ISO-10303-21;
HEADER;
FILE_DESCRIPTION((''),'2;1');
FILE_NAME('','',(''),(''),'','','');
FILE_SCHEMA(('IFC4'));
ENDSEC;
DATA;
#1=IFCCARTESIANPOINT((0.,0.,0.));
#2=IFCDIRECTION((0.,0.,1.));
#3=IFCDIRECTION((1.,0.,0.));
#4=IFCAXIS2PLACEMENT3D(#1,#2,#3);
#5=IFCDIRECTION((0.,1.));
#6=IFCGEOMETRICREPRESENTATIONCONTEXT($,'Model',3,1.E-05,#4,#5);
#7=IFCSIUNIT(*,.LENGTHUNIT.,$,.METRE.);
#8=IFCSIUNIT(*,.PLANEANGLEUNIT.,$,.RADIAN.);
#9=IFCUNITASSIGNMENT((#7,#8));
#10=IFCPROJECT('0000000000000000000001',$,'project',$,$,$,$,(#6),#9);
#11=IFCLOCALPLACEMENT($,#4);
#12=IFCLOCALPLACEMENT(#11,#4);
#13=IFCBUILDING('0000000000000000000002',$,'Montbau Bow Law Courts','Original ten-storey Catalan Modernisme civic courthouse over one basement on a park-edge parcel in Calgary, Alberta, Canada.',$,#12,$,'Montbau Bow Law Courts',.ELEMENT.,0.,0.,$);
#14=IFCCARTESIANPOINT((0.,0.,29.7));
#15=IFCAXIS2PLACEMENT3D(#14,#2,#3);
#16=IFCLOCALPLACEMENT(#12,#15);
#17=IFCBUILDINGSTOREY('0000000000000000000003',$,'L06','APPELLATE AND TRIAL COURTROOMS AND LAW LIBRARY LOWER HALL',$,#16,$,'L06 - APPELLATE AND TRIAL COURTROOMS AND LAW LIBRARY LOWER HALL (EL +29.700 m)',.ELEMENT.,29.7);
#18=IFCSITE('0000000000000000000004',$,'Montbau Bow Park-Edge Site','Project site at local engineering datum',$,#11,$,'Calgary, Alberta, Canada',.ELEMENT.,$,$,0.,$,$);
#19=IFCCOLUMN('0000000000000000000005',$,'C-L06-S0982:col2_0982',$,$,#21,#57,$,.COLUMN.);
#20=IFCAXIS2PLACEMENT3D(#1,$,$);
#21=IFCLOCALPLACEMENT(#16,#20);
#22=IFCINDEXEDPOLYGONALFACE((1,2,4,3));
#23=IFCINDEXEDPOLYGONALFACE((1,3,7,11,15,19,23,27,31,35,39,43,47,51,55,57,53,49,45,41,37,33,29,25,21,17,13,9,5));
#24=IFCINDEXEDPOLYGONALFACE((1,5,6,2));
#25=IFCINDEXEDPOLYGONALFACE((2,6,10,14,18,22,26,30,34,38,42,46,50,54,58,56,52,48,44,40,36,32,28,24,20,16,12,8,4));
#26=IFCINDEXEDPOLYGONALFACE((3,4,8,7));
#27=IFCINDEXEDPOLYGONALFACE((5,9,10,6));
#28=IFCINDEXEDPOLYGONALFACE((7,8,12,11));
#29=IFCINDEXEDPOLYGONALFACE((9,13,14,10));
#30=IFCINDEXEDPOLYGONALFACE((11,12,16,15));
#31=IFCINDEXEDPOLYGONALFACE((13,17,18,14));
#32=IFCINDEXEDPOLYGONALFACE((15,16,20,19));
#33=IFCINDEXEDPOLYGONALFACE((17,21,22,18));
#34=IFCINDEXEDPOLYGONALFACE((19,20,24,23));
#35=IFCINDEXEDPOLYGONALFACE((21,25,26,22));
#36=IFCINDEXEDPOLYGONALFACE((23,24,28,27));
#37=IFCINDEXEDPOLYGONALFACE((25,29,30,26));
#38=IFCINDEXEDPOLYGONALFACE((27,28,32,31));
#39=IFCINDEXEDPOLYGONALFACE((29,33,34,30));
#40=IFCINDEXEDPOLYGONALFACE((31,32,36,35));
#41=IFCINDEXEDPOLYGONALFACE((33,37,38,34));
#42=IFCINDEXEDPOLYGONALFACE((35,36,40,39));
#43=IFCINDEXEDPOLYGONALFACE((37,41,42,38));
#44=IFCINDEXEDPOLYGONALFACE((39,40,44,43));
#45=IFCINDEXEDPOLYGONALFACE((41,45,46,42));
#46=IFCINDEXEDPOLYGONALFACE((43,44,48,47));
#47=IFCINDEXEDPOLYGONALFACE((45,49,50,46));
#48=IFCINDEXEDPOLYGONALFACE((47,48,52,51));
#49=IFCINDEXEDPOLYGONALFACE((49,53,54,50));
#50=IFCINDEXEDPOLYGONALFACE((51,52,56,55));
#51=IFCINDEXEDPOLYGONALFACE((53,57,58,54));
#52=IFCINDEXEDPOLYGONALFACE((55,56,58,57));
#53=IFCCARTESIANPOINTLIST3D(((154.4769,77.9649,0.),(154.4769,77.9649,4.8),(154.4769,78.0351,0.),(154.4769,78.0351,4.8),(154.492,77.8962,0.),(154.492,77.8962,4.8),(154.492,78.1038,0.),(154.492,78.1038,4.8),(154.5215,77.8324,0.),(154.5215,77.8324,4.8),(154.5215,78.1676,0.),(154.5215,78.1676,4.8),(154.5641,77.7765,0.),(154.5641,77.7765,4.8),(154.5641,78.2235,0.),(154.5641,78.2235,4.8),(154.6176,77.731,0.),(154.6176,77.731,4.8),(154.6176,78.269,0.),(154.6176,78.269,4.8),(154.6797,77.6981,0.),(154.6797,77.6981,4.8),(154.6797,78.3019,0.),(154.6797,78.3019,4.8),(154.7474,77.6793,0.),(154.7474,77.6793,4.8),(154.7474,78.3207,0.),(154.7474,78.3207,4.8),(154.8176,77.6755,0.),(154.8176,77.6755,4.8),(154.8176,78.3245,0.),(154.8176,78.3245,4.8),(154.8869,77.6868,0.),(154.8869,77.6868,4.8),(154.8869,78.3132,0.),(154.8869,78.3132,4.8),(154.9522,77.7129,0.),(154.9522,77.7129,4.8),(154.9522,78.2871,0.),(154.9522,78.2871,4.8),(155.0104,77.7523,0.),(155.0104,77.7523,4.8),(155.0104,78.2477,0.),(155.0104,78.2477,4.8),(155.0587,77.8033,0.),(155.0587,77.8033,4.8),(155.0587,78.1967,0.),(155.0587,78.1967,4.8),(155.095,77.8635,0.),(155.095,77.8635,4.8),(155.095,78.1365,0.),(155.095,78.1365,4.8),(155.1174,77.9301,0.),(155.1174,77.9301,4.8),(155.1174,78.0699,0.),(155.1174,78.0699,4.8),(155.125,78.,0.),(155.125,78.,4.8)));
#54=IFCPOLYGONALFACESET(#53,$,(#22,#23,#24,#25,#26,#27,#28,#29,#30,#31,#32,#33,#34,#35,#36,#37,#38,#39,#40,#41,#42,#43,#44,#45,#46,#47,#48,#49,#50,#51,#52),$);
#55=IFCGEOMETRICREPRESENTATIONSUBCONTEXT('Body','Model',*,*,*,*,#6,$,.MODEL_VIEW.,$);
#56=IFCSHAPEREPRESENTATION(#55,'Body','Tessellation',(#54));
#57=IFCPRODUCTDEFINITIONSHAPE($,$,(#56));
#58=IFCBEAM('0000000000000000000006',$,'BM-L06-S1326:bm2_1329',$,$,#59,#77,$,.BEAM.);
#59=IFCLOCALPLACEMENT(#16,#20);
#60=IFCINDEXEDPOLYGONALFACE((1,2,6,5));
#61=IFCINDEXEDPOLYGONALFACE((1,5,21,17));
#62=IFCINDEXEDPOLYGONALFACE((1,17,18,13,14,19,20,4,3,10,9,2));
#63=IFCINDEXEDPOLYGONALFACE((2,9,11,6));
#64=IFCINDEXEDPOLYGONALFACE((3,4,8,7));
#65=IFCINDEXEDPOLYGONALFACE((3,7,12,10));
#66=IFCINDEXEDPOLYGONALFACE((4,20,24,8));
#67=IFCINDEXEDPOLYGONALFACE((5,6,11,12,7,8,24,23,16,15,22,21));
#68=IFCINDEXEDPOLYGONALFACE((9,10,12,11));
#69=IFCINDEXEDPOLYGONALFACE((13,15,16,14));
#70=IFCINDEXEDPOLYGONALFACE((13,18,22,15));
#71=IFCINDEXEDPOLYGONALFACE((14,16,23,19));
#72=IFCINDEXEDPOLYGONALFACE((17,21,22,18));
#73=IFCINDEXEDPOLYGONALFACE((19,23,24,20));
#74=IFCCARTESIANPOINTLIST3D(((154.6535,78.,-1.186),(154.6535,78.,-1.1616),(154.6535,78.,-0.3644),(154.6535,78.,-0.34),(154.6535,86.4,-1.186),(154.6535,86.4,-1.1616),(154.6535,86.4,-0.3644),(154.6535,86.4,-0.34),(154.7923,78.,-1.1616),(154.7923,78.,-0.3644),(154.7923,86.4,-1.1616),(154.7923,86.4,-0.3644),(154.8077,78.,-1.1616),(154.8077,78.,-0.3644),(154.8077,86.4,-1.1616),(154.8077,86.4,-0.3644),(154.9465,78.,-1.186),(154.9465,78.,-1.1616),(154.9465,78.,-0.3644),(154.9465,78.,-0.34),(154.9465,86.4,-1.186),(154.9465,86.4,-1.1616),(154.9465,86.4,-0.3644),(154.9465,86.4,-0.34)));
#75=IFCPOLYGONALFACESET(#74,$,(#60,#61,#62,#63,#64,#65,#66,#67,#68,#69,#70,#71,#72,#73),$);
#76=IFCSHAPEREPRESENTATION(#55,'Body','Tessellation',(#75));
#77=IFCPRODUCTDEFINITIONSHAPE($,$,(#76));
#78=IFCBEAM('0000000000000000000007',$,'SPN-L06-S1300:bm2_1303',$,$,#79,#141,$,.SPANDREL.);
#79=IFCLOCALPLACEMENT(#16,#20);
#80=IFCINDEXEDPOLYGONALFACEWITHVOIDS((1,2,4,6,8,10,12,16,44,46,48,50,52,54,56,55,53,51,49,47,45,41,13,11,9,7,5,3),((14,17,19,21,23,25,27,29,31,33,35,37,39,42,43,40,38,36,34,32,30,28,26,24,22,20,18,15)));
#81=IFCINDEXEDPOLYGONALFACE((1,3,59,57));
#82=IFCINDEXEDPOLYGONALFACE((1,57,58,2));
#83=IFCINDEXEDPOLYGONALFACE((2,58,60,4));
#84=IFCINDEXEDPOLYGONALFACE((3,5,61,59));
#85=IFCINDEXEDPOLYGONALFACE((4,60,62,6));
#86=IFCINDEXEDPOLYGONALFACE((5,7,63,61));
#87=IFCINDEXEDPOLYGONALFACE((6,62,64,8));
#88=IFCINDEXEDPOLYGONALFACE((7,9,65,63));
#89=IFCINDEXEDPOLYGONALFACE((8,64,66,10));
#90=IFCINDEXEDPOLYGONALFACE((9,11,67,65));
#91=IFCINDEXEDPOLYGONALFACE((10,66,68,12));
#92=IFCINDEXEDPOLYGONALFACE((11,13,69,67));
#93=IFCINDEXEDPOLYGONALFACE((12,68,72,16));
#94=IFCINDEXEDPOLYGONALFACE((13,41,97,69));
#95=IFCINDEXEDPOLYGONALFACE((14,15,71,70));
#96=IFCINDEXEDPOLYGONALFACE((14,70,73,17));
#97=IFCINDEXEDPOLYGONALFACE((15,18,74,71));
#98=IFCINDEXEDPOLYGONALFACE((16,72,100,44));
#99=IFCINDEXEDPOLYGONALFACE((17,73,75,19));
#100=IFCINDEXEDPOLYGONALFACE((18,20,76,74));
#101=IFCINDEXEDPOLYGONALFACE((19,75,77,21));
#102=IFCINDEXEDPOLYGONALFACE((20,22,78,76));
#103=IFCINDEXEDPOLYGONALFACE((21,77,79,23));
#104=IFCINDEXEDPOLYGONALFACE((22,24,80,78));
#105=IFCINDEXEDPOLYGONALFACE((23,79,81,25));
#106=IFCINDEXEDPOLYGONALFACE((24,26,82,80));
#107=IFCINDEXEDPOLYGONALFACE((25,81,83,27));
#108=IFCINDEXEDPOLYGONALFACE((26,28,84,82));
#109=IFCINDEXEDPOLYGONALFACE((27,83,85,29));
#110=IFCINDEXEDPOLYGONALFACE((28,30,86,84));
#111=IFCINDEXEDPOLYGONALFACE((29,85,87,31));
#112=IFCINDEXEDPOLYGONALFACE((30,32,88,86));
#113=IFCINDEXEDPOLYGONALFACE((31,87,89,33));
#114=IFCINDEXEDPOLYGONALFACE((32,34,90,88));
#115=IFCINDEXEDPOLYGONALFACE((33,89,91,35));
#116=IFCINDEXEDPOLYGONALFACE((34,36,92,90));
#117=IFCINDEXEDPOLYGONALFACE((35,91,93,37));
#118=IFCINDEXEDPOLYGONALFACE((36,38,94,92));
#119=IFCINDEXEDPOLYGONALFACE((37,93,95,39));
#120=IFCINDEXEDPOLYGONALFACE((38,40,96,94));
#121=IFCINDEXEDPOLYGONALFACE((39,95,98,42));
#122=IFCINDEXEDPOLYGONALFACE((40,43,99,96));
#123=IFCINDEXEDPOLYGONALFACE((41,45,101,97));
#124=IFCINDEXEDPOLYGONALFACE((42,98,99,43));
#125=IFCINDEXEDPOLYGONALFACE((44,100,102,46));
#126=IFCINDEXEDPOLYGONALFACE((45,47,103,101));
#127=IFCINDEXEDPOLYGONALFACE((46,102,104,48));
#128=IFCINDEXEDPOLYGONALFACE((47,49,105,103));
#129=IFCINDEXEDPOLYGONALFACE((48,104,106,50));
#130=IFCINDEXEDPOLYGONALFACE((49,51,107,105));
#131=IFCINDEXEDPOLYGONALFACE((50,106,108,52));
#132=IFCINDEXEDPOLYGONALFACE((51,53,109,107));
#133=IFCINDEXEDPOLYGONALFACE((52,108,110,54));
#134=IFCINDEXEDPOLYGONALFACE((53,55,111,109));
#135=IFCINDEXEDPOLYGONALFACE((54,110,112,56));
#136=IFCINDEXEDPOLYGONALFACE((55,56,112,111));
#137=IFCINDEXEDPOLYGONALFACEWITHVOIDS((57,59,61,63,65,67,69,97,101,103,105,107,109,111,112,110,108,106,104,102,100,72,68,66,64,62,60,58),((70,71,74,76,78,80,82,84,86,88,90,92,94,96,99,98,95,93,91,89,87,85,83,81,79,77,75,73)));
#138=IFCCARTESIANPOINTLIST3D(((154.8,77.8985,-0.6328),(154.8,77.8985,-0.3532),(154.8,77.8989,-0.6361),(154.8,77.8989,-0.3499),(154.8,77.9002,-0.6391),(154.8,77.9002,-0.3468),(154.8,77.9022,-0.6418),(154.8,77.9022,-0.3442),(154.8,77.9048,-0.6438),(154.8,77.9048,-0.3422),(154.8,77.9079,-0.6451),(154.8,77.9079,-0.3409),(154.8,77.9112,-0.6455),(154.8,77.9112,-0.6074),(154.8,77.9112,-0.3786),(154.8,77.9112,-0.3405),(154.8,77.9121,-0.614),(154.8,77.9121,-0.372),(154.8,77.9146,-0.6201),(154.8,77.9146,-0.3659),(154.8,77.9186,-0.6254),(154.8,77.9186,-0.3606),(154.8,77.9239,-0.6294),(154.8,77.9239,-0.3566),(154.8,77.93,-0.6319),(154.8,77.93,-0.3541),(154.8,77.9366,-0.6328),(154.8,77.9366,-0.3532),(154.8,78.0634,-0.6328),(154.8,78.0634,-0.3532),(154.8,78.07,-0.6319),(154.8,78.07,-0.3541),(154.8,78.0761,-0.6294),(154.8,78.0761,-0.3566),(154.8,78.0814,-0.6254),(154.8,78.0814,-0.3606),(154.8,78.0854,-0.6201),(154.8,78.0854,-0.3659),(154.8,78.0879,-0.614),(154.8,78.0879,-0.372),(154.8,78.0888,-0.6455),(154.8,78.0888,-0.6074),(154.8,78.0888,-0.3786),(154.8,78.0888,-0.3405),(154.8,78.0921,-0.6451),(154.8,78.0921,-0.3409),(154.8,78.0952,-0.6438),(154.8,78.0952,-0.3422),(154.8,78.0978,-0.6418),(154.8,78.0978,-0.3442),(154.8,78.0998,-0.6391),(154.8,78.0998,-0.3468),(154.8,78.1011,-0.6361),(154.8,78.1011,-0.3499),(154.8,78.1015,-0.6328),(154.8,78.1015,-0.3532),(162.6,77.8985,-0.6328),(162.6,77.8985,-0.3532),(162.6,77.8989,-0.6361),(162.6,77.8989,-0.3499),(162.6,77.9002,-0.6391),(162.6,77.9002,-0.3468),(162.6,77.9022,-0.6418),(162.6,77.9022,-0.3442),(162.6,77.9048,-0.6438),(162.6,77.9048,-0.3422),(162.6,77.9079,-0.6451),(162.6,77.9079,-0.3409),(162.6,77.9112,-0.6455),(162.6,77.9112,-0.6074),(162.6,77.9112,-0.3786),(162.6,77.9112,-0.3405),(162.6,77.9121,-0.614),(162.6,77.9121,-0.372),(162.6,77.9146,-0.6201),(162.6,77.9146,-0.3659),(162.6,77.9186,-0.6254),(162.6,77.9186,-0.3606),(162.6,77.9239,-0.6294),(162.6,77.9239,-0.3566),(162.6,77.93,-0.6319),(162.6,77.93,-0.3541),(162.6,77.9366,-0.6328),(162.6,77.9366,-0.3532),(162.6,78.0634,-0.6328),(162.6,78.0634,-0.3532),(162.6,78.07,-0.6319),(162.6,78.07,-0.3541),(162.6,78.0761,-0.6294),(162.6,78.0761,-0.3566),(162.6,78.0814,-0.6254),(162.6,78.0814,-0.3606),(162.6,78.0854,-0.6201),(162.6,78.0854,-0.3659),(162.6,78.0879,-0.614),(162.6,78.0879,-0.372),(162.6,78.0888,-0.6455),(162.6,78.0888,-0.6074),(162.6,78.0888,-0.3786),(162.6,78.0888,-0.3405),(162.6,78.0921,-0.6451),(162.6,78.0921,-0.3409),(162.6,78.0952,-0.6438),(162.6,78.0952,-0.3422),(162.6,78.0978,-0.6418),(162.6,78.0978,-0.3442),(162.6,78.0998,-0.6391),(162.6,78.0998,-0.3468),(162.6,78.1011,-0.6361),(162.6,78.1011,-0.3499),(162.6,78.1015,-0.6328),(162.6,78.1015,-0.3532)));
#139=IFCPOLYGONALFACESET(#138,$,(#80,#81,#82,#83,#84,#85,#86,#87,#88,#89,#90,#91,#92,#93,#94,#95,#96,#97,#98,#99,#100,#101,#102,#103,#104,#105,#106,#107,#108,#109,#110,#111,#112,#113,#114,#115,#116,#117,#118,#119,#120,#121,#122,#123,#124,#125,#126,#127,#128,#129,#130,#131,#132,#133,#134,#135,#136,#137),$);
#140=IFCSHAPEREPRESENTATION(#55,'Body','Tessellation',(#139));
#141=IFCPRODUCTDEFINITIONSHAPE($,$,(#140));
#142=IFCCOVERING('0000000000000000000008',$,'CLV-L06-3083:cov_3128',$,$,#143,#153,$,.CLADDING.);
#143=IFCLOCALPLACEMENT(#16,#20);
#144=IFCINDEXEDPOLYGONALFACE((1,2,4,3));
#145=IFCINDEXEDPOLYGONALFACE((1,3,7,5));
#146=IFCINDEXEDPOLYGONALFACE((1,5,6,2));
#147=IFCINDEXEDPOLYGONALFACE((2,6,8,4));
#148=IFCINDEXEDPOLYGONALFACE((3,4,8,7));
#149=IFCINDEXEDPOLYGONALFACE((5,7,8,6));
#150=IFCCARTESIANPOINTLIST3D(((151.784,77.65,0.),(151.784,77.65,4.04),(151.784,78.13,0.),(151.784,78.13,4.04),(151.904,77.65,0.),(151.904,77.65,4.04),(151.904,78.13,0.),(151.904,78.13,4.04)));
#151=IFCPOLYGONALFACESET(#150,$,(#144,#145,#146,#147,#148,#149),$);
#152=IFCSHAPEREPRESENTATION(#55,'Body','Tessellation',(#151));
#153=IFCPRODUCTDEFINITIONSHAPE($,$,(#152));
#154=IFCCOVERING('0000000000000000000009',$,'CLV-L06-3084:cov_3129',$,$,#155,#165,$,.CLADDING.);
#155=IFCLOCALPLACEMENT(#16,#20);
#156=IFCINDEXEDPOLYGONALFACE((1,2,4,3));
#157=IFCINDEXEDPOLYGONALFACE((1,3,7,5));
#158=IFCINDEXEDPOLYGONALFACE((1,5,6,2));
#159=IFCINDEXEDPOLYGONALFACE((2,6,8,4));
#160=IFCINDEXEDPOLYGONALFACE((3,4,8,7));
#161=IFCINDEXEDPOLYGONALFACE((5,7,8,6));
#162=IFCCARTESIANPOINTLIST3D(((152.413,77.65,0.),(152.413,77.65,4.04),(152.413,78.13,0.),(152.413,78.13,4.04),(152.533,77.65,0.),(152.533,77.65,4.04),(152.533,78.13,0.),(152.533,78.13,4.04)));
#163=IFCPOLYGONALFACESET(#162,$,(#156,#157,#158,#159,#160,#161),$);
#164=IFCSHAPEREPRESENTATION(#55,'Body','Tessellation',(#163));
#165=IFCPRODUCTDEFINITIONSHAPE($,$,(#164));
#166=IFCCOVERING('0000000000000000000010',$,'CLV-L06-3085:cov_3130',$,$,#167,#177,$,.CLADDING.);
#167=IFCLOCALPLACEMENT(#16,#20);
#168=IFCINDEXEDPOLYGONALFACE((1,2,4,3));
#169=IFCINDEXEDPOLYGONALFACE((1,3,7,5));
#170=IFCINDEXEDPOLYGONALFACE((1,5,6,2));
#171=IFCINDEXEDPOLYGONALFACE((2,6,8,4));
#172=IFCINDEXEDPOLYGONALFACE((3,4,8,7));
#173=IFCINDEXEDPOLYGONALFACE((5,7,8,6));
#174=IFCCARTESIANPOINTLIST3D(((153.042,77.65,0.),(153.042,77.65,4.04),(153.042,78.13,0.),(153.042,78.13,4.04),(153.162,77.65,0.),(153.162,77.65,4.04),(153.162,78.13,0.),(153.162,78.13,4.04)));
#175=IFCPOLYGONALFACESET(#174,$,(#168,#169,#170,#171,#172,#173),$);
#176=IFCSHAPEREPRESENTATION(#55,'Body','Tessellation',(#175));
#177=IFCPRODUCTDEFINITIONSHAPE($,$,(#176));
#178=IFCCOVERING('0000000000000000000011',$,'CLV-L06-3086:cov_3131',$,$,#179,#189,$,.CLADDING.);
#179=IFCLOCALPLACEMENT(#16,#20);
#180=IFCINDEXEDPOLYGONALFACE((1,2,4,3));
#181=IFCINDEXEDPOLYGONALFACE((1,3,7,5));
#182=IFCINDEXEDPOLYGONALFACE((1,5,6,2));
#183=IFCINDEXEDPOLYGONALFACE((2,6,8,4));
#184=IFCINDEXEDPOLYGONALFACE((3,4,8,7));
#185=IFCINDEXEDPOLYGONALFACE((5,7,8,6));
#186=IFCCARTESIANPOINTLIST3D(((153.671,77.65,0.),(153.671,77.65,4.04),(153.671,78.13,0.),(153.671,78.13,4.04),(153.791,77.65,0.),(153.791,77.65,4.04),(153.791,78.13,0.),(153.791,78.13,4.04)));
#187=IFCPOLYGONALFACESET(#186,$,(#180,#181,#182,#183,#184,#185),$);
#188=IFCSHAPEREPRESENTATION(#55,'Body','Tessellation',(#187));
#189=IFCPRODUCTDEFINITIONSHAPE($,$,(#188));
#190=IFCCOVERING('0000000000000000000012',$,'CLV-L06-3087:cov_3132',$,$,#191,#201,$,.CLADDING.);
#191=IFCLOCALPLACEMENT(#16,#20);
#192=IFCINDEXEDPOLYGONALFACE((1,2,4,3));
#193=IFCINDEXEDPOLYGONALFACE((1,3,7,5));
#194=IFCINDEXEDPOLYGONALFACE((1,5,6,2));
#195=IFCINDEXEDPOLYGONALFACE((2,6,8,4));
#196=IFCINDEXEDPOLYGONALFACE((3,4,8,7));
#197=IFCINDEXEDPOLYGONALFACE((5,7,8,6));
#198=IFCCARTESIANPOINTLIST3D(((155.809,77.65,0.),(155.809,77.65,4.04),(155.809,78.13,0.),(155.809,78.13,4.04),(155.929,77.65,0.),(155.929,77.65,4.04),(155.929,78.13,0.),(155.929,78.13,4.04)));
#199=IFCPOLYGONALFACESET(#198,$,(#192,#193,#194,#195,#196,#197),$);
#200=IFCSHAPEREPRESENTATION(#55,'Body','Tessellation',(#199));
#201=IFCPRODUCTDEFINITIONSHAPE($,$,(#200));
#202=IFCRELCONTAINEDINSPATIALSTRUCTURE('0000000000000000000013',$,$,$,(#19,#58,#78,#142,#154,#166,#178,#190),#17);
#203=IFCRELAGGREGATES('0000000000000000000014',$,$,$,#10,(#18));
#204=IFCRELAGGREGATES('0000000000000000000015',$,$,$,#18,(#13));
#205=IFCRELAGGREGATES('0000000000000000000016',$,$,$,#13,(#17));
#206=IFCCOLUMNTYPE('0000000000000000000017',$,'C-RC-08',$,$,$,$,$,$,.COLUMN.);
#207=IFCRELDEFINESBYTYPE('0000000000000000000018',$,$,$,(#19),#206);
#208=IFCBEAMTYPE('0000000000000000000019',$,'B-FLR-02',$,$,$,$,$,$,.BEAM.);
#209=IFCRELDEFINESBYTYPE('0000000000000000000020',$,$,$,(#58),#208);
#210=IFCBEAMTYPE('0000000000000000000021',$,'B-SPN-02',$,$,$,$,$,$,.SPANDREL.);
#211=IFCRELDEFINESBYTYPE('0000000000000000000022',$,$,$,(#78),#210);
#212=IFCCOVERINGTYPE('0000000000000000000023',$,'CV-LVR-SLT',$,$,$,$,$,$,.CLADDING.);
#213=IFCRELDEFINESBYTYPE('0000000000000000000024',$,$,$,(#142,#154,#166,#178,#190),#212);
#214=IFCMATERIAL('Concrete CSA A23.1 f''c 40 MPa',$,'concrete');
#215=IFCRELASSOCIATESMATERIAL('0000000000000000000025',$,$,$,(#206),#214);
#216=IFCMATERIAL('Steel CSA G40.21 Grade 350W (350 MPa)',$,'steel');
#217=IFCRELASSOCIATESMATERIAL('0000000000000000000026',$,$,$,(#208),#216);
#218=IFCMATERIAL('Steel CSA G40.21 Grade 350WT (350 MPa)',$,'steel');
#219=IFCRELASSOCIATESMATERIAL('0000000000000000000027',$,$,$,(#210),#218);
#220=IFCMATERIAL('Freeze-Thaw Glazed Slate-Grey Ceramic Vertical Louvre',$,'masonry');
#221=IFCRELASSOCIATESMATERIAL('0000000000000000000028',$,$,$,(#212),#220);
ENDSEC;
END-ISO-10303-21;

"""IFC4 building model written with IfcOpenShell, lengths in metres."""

from ifc_helpers import new_model, si_unit, direction, frame, frame_2d, origin_with_axes, origin_2d_with_axis, place, context, subcontext, project, spatial, rectangle, hollow_rectangle, circle, i_section, extrude, material, material_profile, profile_set, type_object, element, save


model = new_model("IFC4")

# Units and contexts
model_context = context("Model", 3, precision=1e-05, world=origin_with_axes(), true_north=direction((0.0, 1.0)))
body_context = subcontext(model_context, "Body", "Model", "MODEL_VIEW")
ifc_project = project(units=[si_unit("LENGTHUNIT", "METRE"), si_unit("PLANEANGLEUNIT", "RADIAN")], contexts=[model_context])

# Site, building, storey
site_placement = place(None, origin_with_axes())
site = spatial("IfcSite", under=ifc_project, at=site_placement, Name="Montbau Bow Park-Edge Site", Description="Project site at local engineering datum", LongName="Calgary, Alberta, Canada", CompositionType="ELEMENT", RefElevation=0.0)
building_placement = place(site_placement, origin_with_axes())
building = spatial("IfcBuilding", under=site, at=building_placement, Name="Montbau Bow Law Courts", Description="Original ten-storey Catalan Modernisme civic courthouse over one basement on a park-edge parcel in Calgary, Alberta, Canada.", LongName="Montbau Bow Law Courts", CompositionType="ELEMENT", ElevationOfRefHeight=0.0, ElevationOfTerrain=0.0)
storey_placement = place(building_placement, frame((0.0, 0.0, 29.7), z_axis=(0.0, 0.0, 1.0), x_axis=(1.0, 0.0, 0.0)))
storey = spatial("IfcBuildingStorey", under=building, at=storey_placement, Name="L06", Description="APPELLATE AND TRIAL COURTROOMS AND LAW LIBRARY LOWER HALL", LongName="L06 - APPELLATE AND TRIAL COURTROOMS AND LAW LIBRARY LOWER HALL (EL +29.700 m)", CompositionType="ELEMENT", Elevation=29.7)

# Column
ifc_material_1 = material(Name="Concrete CSA A23.1 f'c 40 MPa", Category="concrete")
ifc_material_profile_1 = material_profile(ifc_material_1, circle(Radius=0.325, at=origin_2d_with_axis()), Name="RC650D", Category="Main", Priority=0)
ifc_profile_set_1 = profile_set([ifc_material_profile_1], Name="Concrete CSA A23.1 f'c 40 MPa")
column_type = type_object("IfcColumnType", Name="C-RC-08", PredefinedType="COLUMN", material=ifc_profile_set_1)
column_placement = place(None, frame((154.8, 78.0, 29.7), z_axis=(0.0, 0.0, 1.0), x_axis=(1.0, 0.0, 0.0)))
element("IfcColumn", 1, at=column_placement, inside=storey, type_object=column_type, Name="C-L06-S0982:col2_0982", PredefinedType="COLUMN", context=body_context, shape_type="SweptSolid", body=[
    extrude(circle(Radius=0.325, at=origin_2d_with_axis()), origin_with_axes(), (0.0, 0.0, 1.0), 4.8),
])

# Beams
ifc_material_2 = material(Name="Steel CSA G40.21 Grade 350W (350 MPa)", Category="steel")
ifc_material_profile_2 = material_profile(ifc_material_2, i_section(OverallWidth=0.293, OverallDepth=0.846, WebThickness=0.0154, FlangeThickness=0.0244, at=origin_2d_with_axis()), Name="W840X210", Category="Main", Priority=0)
ifc_profile_set_2 = profile_set([ifc_material_profile_2], Name="Steel CSA G40.21 Grade 350W (350 MPa)")
beam_type_1 = type_object("IfcBeamType", Name="B-FLR-02", PredefinedType="BEAM", material=ifc_profile_set_2)
beam_1_placement = place(None, frame((154.8, 78.0, 28.937), z_axis=(0.0, 1.0, 0.0), x_axis=(-1.0, 0.0, 0.0)))
element("IfcBeam", 2, at=beam_1_placement, inside=storey, type_object=beam_type_1, Name="BM-L06-S1326:bm2_1329", PredefinedType="BEAM", context=body_context, shape_type="SweptSolid", body=[
    extrude(i_section(OverallWidth=0.293, OverallDepth=0.846, WebThickness=0.0154, FlangeThickness=0.0244, at=origin_2d_with_axis()), origin_with_axes(), (0.0, 0.0, 1.0), 8.4),
])
ifc_material_3 = material(Name="Steel CSA G40.21 Grade 350WT (350 MPa)", Category="steel")
ifc_material_profile_3 = material_profile(ifc_material_3, hollow_rectangle(XDim=0.203, YDim=0.305, WallThickness=0.0127, InnerFilletRadius=0.0254, OuterFilletRadius=0.0127, at=origin_2d_with_axis()), Name="HSS305X203X13", Category="Main", Priority=0)
ifc_profile_set_3 = profile_set([ifc_material_profile_3], Name="Steel CSA G40.21 Grade 350WT (350 MPa)")
beam_type_2 = type_object("IfcBeamType", Name="B-SPN-02", PredefinedType="SPANDREL", material=ifc_profile_set_3)
beam_2_placement = place(None, frame((154.8, 78.0, 29.207), z_axis=(1.0, 0.0, 0.0), x_axis=(0.0, 1.0, 0.0)))
element("IfcBeam", 3, at=beam_2_placement, inside=storey, type_object=beam_type_2, Name="SPN-L06-S1300:bm2_1303", PredefinedType="SPANDREL", context=body_context, shape_type="SweptSolid", body=[
    extrude(hollow_rectangle(XDim=0.203, YDim=0.305, WallThickness=0.0127, InnerFilletRadius=0.0254, OuterFilletRadius=0.0127, at=origin_2d_with_axis()), origin_with_axes(), (0.0, 0.0, 1.0), 7.8),
])

# Coverings
ifc_material_4 = material(Name="Freeze-Thaw Glazed Slate-Grey Ceramic Vertical Louvre", Category="masonry")
covering_type = type_object("IfcCoveringType", Name="CV-LVR-SLT", PredefinedType="CLADDING", material=ifc_material_4)
for number, where, z_axis, x_axis, name in (
    (4, (151.844, 78.13, 29.7), (-1.0, 0.0, 0.0), (0.0, -1.0, 0.0), "CLV-L06-3083:cov_3128"),
    (5, (152.473, 78.13, 29.7), (-1.0, 0.0, 0.0), (0.0, -1.0, 0.0), "CLV-L06-3084:cov_3129"),
    (6, (153.102, 78.13, 29.7), (-1.0, 0.0, 0.0), (0.0, -1.0, 0.0), "CLV-L06-3085:cov_3130"),
    (7, (153.731, 78.13, 29.7), (-1.0, 0.0, 0.0), (0.0, -1.0, 0.0), "CLV-L06-3086:cov_3131"),
    (8, (155.869, 78.13, 29.7), (-1.0, 0.0, 0.0), (0.0, -1.0, 0.0), "CLV-L06-3087:cov_3132"),
):
    element("IfcCovering", number, at=place(None, frame(where, z_axis=z_axis, x_axis=x_axis)), inside=storey, type_object=covering_type, Name=name, PredefinedType="CLADDING", context=body_context, shape_type="SweptSolid", body=[
        extrude(rectangle(XDim=0.48, YDim=4.04, at=frame_2d((0.24, 2.02), x_axis=(1.0, 0.0))), frame((0.0, 0.0, -0.06), z_axis=(0.0, 0.0, 1.0), x_axis=(1.0, 0.0, 0.0)), (0.0, 0.0, 1.0), 0.12),
    ])

save(model, "model.ifc")
